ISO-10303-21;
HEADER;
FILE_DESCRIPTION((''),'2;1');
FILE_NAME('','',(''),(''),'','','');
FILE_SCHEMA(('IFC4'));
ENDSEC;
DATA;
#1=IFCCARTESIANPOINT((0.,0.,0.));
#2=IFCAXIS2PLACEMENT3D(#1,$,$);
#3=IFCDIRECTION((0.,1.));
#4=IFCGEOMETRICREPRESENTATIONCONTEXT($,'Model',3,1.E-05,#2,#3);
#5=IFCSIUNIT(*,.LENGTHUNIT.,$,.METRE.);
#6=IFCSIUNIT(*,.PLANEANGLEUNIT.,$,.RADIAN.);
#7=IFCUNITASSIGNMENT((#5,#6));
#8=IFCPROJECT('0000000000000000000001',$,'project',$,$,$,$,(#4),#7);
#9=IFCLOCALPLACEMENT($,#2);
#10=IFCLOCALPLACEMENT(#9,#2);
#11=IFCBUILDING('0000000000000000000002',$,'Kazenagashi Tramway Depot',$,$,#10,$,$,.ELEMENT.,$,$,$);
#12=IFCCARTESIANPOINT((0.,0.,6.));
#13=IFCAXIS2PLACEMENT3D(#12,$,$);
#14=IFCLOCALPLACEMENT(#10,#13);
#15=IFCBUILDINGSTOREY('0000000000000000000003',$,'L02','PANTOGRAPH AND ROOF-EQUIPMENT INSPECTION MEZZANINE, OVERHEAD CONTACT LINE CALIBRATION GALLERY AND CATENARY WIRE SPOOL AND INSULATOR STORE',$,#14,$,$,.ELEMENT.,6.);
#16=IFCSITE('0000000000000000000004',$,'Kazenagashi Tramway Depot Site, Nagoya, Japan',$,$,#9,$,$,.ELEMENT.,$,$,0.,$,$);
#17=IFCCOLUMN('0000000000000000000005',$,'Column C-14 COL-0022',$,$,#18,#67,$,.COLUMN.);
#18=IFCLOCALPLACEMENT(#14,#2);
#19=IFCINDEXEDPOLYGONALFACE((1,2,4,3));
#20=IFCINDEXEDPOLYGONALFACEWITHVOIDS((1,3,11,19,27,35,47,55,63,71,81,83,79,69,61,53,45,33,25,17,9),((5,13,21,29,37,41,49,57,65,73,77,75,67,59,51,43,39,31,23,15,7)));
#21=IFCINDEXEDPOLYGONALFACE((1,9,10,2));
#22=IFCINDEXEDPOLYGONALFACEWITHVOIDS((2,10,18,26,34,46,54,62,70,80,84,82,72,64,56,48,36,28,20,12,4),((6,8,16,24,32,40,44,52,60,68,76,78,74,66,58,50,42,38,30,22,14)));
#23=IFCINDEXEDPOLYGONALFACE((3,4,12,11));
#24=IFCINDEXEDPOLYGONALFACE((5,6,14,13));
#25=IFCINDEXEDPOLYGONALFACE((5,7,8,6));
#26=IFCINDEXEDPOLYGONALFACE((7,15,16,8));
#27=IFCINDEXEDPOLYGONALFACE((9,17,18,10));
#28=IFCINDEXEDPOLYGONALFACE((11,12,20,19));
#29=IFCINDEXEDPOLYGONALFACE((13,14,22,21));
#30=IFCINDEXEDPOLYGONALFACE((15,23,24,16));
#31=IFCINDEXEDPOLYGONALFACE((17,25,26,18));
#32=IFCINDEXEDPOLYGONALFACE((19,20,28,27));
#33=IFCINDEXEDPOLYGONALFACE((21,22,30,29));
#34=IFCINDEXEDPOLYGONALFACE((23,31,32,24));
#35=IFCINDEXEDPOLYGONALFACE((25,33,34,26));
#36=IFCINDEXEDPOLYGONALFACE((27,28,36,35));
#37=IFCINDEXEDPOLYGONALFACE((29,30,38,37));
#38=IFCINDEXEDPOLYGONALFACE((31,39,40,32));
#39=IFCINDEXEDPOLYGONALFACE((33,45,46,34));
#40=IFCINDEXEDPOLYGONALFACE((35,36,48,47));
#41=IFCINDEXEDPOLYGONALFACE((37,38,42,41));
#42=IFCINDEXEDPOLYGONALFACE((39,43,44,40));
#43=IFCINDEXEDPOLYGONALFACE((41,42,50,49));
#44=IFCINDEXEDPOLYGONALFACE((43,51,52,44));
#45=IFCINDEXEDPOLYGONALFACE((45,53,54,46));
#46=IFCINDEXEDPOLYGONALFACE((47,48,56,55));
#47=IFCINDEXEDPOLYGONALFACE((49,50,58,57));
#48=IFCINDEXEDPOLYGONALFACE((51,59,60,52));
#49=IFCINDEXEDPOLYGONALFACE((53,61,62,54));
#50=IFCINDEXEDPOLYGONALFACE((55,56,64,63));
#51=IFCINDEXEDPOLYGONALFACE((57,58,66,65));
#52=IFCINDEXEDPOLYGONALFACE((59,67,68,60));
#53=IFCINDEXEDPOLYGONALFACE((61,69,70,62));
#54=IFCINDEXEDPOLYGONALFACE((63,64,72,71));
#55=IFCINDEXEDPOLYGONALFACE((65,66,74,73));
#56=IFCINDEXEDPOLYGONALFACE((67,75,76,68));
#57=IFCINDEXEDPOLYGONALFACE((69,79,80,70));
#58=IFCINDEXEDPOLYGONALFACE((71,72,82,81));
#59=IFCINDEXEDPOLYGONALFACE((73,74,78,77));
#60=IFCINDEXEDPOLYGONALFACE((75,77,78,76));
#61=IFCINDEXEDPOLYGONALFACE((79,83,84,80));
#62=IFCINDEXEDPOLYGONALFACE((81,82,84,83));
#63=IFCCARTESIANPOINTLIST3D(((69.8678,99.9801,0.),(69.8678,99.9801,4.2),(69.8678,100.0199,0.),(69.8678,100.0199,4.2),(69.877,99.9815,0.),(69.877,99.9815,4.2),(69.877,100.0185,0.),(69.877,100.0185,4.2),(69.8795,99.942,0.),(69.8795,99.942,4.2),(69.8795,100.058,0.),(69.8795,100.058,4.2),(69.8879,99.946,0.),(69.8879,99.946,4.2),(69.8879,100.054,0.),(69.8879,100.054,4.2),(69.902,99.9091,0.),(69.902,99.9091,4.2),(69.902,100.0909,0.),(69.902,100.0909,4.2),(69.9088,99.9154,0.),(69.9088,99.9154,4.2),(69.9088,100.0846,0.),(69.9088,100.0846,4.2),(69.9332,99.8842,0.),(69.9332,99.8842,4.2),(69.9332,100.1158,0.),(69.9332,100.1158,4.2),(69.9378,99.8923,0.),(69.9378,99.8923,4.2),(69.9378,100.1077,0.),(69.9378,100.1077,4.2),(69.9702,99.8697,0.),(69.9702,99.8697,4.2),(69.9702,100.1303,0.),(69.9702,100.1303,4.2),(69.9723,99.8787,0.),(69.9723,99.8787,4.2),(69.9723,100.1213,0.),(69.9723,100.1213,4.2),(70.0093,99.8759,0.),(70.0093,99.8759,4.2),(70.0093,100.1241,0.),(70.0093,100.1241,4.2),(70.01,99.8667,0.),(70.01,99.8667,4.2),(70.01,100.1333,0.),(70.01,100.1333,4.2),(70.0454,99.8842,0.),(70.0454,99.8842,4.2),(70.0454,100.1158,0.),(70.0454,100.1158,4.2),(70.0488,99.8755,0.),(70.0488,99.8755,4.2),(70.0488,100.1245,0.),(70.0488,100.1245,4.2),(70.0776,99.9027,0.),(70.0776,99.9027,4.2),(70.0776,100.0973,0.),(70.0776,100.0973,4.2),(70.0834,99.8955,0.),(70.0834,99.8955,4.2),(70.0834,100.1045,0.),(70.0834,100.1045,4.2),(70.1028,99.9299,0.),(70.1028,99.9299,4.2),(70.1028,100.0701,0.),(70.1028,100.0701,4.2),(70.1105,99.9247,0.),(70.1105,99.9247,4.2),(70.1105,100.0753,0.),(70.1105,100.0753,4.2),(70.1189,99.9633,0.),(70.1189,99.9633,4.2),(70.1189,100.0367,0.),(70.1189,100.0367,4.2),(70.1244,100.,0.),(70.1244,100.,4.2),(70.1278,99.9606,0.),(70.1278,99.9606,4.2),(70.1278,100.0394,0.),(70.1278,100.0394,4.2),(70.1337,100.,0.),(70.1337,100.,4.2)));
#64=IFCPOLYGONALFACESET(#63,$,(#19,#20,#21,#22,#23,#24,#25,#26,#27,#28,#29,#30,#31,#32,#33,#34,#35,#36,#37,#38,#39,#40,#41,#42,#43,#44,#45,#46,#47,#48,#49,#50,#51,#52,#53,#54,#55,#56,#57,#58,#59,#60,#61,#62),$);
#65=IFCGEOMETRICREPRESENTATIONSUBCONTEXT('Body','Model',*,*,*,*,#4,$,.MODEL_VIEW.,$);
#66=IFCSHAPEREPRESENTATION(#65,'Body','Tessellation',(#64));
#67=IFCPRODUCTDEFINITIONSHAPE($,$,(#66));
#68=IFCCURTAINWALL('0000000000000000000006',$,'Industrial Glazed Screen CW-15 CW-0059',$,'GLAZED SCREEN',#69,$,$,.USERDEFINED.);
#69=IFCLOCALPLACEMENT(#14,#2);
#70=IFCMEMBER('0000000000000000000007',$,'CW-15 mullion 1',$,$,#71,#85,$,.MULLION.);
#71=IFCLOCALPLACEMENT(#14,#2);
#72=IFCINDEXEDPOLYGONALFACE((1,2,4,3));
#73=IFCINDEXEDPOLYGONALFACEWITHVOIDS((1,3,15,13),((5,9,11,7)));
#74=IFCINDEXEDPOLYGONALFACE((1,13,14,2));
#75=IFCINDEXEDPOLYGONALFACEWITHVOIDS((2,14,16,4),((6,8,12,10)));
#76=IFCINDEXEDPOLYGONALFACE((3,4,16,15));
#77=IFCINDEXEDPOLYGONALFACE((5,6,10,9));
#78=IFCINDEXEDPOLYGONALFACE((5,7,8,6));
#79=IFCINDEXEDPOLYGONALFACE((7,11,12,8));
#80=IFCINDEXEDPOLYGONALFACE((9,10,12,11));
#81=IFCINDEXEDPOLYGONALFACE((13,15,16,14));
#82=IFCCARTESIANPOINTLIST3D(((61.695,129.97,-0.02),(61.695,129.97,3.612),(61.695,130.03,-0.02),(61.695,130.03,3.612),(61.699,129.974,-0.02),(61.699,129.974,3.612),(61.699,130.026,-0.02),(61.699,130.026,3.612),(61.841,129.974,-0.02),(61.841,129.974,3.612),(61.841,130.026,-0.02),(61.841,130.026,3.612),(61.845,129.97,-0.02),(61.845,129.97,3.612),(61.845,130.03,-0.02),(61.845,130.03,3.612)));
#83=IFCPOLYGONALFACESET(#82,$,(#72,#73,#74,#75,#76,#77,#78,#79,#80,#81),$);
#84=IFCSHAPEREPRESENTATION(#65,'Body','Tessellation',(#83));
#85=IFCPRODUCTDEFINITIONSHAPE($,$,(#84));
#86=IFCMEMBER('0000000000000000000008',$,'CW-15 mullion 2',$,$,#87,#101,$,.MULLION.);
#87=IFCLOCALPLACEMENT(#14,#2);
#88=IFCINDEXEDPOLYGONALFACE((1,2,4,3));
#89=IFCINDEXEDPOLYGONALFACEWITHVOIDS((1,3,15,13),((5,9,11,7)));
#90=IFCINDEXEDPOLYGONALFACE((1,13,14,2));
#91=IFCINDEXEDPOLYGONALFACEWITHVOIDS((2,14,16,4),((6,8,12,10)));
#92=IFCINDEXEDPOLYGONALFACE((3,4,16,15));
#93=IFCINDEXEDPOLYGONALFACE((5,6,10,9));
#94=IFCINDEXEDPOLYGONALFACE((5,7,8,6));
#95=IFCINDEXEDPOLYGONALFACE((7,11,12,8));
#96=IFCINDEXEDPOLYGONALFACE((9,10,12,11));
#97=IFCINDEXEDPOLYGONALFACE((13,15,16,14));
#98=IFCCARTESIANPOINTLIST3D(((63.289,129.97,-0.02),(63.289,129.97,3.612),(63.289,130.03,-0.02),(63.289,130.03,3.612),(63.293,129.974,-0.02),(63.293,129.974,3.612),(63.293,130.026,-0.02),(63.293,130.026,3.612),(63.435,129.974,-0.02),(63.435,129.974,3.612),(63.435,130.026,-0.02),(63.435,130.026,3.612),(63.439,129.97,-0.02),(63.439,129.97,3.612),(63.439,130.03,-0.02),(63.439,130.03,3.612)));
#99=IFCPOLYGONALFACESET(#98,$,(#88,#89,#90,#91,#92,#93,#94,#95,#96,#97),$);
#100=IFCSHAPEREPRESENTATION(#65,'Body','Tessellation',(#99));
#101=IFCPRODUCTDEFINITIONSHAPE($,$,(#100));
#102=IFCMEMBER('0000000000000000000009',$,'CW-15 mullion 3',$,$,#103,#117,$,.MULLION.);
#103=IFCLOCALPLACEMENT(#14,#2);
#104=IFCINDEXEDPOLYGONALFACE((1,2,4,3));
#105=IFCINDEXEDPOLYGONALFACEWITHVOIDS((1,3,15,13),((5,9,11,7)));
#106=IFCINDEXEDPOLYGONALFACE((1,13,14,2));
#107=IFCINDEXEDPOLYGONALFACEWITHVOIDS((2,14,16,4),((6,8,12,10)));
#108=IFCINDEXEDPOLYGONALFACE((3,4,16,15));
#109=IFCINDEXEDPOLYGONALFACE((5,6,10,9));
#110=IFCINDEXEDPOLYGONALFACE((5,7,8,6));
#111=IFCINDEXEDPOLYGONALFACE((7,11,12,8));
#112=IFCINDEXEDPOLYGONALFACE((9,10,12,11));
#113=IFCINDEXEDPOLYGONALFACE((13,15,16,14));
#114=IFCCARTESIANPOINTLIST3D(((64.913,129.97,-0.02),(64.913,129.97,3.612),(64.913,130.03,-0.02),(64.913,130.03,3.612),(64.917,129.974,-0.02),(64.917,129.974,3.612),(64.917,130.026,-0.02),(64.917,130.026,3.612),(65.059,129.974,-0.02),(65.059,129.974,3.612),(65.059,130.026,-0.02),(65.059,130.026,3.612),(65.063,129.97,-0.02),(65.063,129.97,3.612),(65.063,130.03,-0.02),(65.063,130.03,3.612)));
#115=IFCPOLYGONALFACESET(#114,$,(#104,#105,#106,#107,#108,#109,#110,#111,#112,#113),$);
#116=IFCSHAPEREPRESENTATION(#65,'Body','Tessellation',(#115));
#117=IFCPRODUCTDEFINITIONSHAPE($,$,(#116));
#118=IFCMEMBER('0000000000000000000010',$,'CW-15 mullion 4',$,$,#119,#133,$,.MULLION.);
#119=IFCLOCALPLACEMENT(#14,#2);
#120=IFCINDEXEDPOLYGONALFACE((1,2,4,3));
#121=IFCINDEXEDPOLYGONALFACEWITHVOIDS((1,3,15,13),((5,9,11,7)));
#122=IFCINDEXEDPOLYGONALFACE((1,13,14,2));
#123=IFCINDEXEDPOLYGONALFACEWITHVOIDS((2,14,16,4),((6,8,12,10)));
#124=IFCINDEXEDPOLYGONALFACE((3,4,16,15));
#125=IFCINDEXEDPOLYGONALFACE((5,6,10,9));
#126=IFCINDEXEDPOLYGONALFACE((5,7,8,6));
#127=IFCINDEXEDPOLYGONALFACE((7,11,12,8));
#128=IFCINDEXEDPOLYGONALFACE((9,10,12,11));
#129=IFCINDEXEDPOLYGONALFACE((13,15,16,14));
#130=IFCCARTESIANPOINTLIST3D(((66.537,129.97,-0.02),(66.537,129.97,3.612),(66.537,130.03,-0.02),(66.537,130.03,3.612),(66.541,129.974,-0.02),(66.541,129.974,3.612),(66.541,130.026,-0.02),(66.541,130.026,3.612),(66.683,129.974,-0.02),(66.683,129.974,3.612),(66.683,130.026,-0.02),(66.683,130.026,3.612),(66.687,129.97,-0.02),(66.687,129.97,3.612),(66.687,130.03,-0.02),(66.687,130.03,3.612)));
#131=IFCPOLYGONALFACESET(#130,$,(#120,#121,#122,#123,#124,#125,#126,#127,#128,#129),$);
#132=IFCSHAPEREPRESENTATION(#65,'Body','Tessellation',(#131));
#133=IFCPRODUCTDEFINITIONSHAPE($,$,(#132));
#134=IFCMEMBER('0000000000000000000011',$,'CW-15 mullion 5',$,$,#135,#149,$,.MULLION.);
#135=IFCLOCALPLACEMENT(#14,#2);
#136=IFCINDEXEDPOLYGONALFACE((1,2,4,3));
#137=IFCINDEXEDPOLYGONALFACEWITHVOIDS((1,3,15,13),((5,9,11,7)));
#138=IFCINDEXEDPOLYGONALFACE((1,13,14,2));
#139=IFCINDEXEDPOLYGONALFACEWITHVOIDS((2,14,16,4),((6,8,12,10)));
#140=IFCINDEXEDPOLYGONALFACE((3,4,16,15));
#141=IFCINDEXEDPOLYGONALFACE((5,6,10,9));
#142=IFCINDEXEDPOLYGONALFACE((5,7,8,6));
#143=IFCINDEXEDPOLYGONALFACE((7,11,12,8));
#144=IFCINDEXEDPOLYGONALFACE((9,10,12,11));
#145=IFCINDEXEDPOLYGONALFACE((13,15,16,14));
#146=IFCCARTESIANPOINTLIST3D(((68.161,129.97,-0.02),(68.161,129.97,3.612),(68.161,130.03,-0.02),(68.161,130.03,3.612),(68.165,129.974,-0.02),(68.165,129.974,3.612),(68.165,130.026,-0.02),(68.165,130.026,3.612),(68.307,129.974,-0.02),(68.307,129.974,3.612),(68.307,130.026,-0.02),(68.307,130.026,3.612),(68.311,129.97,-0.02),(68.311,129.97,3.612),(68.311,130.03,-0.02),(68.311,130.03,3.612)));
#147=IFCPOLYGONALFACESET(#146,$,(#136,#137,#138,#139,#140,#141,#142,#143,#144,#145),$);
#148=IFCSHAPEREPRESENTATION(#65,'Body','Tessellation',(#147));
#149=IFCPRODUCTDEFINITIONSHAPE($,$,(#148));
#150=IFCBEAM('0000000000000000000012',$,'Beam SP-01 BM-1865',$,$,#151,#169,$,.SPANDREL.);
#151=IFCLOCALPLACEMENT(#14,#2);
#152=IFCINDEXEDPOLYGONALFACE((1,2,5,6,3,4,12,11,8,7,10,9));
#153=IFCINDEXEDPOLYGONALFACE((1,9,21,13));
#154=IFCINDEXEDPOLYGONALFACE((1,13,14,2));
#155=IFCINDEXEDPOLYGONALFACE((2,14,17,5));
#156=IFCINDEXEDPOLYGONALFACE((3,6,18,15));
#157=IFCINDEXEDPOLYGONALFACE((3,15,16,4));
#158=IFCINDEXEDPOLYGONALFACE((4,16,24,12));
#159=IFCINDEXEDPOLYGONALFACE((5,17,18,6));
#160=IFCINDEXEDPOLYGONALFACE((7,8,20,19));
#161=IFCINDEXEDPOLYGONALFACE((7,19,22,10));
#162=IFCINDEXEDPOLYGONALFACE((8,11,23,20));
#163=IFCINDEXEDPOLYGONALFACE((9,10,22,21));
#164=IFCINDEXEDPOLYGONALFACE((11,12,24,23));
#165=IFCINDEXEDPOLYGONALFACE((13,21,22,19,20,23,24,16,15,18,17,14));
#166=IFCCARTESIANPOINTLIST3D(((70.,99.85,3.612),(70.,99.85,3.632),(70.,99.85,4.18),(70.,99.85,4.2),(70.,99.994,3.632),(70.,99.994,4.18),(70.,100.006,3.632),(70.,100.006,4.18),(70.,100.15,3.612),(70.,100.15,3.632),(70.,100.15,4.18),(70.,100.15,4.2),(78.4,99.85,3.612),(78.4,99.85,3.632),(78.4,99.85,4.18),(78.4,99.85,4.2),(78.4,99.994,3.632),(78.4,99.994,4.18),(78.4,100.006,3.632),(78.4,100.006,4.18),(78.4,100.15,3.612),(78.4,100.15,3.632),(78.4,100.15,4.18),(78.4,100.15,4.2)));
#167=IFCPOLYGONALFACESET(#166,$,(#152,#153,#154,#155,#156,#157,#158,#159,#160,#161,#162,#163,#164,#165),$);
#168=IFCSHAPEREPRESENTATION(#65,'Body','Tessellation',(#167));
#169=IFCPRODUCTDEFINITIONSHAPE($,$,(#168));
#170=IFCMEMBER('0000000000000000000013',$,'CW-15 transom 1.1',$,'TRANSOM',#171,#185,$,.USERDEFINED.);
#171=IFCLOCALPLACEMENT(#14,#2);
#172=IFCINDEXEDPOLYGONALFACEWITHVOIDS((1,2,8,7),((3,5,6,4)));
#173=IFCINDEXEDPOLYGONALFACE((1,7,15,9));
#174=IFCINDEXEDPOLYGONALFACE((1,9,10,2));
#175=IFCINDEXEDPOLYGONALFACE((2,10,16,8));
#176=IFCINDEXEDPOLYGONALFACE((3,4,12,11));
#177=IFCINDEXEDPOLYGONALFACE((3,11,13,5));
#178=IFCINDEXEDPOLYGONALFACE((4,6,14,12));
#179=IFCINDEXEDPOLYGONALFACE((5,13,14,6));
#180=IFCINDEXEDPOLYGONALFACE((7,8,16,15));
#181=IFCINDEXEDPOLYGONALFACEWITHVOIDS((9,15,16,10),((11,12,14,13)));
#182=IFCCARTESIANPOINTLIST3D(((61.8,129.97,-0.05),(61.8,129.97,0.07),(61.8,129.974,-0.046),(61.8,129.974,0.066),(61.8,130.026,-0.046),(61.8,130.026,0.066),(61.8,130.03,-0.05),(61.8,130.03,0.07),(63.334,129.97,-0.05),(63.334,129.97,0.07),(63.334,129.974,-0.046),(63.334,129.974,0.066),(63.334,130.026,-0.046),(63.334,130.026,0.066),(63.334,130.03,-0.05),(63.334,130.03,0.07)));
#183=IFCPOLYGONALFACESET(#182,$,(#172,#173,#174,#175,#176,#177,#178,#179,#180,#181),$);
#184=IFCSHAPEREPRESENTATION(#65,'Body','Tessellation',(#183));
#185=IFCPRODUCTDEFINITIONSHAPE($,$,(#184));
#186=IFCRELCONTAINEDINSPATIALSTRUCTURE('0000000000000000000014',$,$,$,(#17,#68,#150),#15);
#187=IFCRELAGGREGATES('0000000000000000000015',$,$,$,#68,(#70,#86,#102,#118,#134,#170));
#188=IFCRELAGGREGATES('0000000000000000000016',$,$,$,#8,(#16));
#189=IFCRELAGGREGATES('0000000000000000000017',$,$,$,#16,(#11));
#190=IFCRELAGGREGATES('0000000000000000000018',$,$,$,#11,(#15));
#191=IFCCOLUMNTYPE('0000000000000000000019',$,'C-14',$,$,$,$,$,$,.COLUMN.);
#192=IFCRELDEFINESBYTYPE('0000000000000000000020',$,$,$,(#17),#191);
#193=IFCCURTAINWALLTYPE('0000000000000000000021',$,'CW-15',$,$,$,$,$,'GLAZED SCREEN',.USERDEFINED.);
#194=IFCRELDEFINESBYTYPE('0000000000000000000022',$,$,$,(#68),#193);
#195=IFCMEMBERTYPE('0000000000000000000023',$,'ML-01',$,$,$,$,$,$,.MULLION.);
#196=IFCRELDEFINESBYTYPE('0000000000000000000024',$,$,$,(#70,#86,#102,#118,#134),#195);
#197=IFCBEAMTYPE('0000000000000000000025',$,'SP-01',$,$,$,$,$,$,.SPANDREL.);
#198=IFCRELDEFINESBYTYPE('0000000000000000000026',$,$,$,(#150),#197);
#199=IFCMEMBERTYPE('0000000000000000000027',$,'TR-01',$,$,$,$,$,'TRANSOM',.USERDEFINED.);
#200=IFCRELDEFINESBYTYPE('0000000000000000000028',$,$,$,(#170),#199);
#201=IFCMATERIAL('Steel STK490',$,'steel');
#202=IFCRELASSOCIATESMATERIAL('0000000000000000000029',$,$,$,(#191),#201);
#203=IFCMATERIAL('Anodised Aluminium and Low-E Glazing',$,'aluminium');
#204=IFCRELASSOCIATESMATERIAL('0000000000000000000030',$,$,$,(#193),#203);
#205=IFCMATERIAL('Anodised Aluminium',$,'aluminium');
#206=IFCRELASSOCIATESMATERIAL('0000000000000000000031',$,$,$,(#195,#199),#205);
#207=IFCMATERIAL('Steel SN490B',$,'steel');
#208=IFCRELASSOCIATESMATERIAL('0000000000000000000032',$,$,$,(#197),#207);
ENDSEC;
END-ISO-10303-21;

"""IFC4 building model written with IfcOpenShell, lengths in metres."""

from ifc_helpers import new_model, si_unit, direction, frame, origin, origin_2d, place, context, subcontext, project, spatial, hollow_rectangle, hollow_circle, i_section, extrude, material, material_profile, profile_set, type_object, element, aggregate, save


model = new_model("IFC4")

# Units and contexts
model_context = context("Model", 3, precision=1e-05, world=origin(), true_north=direction((0.0, 1.0)))
body_context = subcontext(model_context, "Body", "Model", "MODEL_VIEW")
ifc_project = project(units=[si_unit("LENGTHUNIT", "METRE"), si_unit("PLANEANGLEUNIT", "RADIAN")], contexts=[model_context])

# Site, building, storey
site_placement = place(None, origin())
site = spatial("IfcSite", under=ifc_project, at=site_placement, Name="Kazenagashi Tramway Depot Site, Nagoya, Japan", CompositionType="ELEMENT", RefElevation=0.0)
building_placement = place(site_placement, origin())
building = spatial("IfcBuilding", under=site, at=building_placement, Name="Kazenagashi Tramway Depot", CompositionType="ELEMENT")
storey_placement = place(building_placement, frame((0.0, 0.0, 6.0)))
storey = spatial("IfcBuildingStorey", under=building, at=storey_placement, Name="L02", Description="PANTOGRAPH AND ROOF-EQUIPMENT INSPECTION MEZZANINE, OVERHEAD CONTACT LINE CALIBRATION GALLERY AND CATENARY WIRE SPOOL AND INSULATOR STORE", CompositionType="ELEMENT", Elevation=6.0)

# Column
ifc_material_1 = material(Name="Steel STK490", Category="steel")
ifc_material_profile_1 = material_profile(ifc_material_1, hollow_circle(Radius=0.1337, WallThickness=0.0093, at=origin_2d()), Name="CHS-267.4x9.3")
ifc_profile_set_1 = profile_set([ifc_material_profile_1], Name="Steel STK490")
column_type = type_object("IfcColumnType", Name="C-14", PredefinedType="COLUMN", material=ifc_profile_set_1)
column_placement = place(storey_placement, frame((70.0, 100.0, 0.0), z_axis=(0.0, 0.0, 1.0), x_axis=(1.0, 0.0, 0.0)))
element("IfcColumn", 1, at=column_placement, inside=storey, type_object=column_type, Name="Column C-14 COL-0022", PredefinedType="COLUMN", context=body_context, shape_type="SweptSolid", body=[
    extrude(hollow_circle(Radius=0.1337, WallThickness=0.0093, at=origin_2d()), origin(), (0.0, 0.0, 1.0), 4.2),
])

# Curtain wall, members
ifc_material_2 = material(Name="Anodised Aluminium and Low-E Glazing", Category="aluminium")
curtain_wall_type = type_object("IfcCurtainWallType", Name="CW-15", ElementType="GLAZED SCREEN", PredefinedType="USERDEFINED", material=ifc_material_2)
curtain_wall_placement = place(storey_placement, origin())
curtain_wall = element("IfcCurtainWall", 2, at=curtain_wall_placement, inside=storey, type_object=curtain_wall_type, Name="Industrial Glazed Screen CW-15 CW-0059", ObjectType="GLAZED SCREEN", PredefinedType="USERDEFINED")
ifc_material_3 = material(Name="Anodised Aluminium", Category="aluminium")
ifc_material_profile_2 = material_profile(ifc_material_3, hollow_rectangle(XDim=0.06, YDim=0.15, WallThickness=0.004, at=origin_2d()), Name="RHS-150x60x4")
ifc_profile_set_2 = profile_set([ifc_material_profile_2], Name="Anodised Aluminium")
member_type_1 = type_object("IfcMemberType", Name="ML-01", PredefinedType="MULLION", material=ifc_profile_set_2)
member_1_placement = place(storey_placement, frame((61.77, 130.0, -0.02), z_axis=(0.0, 0.0, 1.0), x_axis=(0.0, 1.0, 0.0)))
member_1 = element("IfcMember", 3, at=member_1_placement, type_object=member_type_1, Name="CW-15 mullion 1", PredefinedType="MULLION", context=body_context, shape_type="SweptSolid", body=[
    extrude(hollow_rectangle(XDim=0.06, YDim=0.15, WallThickness=0.004, at=origin_2d()), origin(), (0.0, 0.0, 1.0), 3.632),
])
member_2_placement = place(storey_placement, frame((63.364, 130.0, -0.02), z_axis=(0.0, 0.0, 1.0), x_axis=(0.0, 1.0, 0.0)))
member_2 = element("IfcMember", 4, at=member_2_placement, type_object=member_type_1, Name="CW-15 mullion 2", PredefinedType="MULLION", context=body_context, shape_type="SweptSolid", body=[
    extrude(hollow_rectangle(XDim=0.06, YDim=0.15, WallThickness=0.004, at=origin_2d()), origin(), (0.0, 0.0, 1.0), 3.632),
])
member_3_placement = place(storey_placement, frame((64.988, 130.0, -0.02), z_axis=(0.0, 0.0, 1.0), x_axis=(0.0, 1.0, 0.0)))
member_3 = element("IfcMember", 5, at=member_3_placement, type_object=member_type_1, Name="CW-15 mullion 3", PredefinedType="MULLION", context=body_context, shape_type="SweptSolid", body=[
    extrude(hollow_rectangle(XDim=0.06, YDim=0.15, WallThickness=0.004, at=origin_2d()), origin(), (0.0, 0.0, 1.0), 3.632),
])
member_4_placement = place(storey_placement, frame((66.612, 130.0, -0.02), z_axis=(0.0, 0.0, 1.0), x_axis=(0.0, 1.0, 0.0)))
member_4 = element("IfcMember", 6, at=member_4_placement, type_object=member_type_1, Name="CW-15 mullion 4", PredefinedType="MULLION", context=body_context, shape_type="SweptSolid", body=[
    extrude(hollow_rectangle(XDim=0.06, YDim=0.15, WallThickness=0.004, at=origin_2d()), origin(), (0.0, 0.0, 1.0), 3.632),
])
member_5_placement = place(storey_placement, frame((68.236, 130.0, -0.02), z_axis=(0.0, 0.0, 1.0), x_axis=(0.0, 1.0, 0.0)))
member_5 = element("IfcMember", 7, at=member_5_placement, type_object=member_type_1, Name="CW-15 mullion 5", PredefinedType="MULLION", context=body_context, shape_type="SweptSolid", body=[
    extrude(hollow_rectangle(XDim=0.06, YDim=0.15, WallThickness=0.004, at=origin_2d()), origin(), (0.0, 0.0, 1.0), 3.632),
])

# Beam
ifc_material_4 = material(Name="Steel SN490B", Category="steel")
ifc_material_profile_3 = material_profile(ifc_material_4, i_section(OverallWidth=0.3, OverallDepth=0.588, WebThickness=0.012, FlangeThickness=0.02, at=origin_2d()), Name="H-588x300x12x20")
ifc_profile_set_3 = profile_set([ifc_material_profile_3], Name="Steel SN490B")
beam_type = type_object("IfcBeamType", Name="SP-01", PredefinedType="SPANDREL", material=ifc_profile_set_3)
beam_placement = place(storey_placement, frame((70.0, 100.0, 3.906), z_axis=(1.0, 0.0, 0.0), x_axis=(0.0, 1.0, 0.0)))
element("IfcBeam", 8, at=beam_placement, inside=storey, type_object=beam_type, Name="Beam SP-01 BM-1865", PredefinedType="SPANDREL", context=body_context, shape_type="SweptSolid", body=[
    extrude(i_section(OverallWidth=0.3, OverallDepth=0.588, WebThickness=0.012, FlangeThickness=0.02, at=origin_2d()), origin(), (0.0, 0.0, 1.0), 8.4),
])

# Member
ifc_material_profile_4 = material_profile(ifc_material_3, hollow_rectangle(XDim=0.06, YDim=0.12, WallThickness=0.004, at=origin_2d()), Name="RHS-120x60x4")
ifc_profile_set_4 = profile_set([ifc_material_profile_4], Name="Anodised Aluminium")
member_type_2 = type_object("IfcMemberType", Name="TR-01", ElementType="TRANSOM", PredefinedType="USERDEFINED", material=ifc_profile_set_4)
member_6_placement = place(storey_placement, frame((61.8, 130.0, 0.01), z_axis=(1.0, 0.0, 0.0), x_axis=(0.0, 1.0, 0.0)))
member_6 = element("IfcMember", 9, at=member_6_placement, type_object=member_type_2, Name="CW-15 transom 1.1", ObjectType="TRANSOM", PredefinedType="USERDEFINED", context=body_context, shape_type="SweptSolid", body=[
    extrude(hollow_rectangle(XDim=0.06, YDim=0.12, WallThickness=0.004, at=origin_2d()), origin(), (0.0, 0.0, 1.0), 1.534),
])

aggregate(curtain_wall, [member_1, member_2, member_3, member_4, member_5, member_6])

save(model, "model.ifc")
